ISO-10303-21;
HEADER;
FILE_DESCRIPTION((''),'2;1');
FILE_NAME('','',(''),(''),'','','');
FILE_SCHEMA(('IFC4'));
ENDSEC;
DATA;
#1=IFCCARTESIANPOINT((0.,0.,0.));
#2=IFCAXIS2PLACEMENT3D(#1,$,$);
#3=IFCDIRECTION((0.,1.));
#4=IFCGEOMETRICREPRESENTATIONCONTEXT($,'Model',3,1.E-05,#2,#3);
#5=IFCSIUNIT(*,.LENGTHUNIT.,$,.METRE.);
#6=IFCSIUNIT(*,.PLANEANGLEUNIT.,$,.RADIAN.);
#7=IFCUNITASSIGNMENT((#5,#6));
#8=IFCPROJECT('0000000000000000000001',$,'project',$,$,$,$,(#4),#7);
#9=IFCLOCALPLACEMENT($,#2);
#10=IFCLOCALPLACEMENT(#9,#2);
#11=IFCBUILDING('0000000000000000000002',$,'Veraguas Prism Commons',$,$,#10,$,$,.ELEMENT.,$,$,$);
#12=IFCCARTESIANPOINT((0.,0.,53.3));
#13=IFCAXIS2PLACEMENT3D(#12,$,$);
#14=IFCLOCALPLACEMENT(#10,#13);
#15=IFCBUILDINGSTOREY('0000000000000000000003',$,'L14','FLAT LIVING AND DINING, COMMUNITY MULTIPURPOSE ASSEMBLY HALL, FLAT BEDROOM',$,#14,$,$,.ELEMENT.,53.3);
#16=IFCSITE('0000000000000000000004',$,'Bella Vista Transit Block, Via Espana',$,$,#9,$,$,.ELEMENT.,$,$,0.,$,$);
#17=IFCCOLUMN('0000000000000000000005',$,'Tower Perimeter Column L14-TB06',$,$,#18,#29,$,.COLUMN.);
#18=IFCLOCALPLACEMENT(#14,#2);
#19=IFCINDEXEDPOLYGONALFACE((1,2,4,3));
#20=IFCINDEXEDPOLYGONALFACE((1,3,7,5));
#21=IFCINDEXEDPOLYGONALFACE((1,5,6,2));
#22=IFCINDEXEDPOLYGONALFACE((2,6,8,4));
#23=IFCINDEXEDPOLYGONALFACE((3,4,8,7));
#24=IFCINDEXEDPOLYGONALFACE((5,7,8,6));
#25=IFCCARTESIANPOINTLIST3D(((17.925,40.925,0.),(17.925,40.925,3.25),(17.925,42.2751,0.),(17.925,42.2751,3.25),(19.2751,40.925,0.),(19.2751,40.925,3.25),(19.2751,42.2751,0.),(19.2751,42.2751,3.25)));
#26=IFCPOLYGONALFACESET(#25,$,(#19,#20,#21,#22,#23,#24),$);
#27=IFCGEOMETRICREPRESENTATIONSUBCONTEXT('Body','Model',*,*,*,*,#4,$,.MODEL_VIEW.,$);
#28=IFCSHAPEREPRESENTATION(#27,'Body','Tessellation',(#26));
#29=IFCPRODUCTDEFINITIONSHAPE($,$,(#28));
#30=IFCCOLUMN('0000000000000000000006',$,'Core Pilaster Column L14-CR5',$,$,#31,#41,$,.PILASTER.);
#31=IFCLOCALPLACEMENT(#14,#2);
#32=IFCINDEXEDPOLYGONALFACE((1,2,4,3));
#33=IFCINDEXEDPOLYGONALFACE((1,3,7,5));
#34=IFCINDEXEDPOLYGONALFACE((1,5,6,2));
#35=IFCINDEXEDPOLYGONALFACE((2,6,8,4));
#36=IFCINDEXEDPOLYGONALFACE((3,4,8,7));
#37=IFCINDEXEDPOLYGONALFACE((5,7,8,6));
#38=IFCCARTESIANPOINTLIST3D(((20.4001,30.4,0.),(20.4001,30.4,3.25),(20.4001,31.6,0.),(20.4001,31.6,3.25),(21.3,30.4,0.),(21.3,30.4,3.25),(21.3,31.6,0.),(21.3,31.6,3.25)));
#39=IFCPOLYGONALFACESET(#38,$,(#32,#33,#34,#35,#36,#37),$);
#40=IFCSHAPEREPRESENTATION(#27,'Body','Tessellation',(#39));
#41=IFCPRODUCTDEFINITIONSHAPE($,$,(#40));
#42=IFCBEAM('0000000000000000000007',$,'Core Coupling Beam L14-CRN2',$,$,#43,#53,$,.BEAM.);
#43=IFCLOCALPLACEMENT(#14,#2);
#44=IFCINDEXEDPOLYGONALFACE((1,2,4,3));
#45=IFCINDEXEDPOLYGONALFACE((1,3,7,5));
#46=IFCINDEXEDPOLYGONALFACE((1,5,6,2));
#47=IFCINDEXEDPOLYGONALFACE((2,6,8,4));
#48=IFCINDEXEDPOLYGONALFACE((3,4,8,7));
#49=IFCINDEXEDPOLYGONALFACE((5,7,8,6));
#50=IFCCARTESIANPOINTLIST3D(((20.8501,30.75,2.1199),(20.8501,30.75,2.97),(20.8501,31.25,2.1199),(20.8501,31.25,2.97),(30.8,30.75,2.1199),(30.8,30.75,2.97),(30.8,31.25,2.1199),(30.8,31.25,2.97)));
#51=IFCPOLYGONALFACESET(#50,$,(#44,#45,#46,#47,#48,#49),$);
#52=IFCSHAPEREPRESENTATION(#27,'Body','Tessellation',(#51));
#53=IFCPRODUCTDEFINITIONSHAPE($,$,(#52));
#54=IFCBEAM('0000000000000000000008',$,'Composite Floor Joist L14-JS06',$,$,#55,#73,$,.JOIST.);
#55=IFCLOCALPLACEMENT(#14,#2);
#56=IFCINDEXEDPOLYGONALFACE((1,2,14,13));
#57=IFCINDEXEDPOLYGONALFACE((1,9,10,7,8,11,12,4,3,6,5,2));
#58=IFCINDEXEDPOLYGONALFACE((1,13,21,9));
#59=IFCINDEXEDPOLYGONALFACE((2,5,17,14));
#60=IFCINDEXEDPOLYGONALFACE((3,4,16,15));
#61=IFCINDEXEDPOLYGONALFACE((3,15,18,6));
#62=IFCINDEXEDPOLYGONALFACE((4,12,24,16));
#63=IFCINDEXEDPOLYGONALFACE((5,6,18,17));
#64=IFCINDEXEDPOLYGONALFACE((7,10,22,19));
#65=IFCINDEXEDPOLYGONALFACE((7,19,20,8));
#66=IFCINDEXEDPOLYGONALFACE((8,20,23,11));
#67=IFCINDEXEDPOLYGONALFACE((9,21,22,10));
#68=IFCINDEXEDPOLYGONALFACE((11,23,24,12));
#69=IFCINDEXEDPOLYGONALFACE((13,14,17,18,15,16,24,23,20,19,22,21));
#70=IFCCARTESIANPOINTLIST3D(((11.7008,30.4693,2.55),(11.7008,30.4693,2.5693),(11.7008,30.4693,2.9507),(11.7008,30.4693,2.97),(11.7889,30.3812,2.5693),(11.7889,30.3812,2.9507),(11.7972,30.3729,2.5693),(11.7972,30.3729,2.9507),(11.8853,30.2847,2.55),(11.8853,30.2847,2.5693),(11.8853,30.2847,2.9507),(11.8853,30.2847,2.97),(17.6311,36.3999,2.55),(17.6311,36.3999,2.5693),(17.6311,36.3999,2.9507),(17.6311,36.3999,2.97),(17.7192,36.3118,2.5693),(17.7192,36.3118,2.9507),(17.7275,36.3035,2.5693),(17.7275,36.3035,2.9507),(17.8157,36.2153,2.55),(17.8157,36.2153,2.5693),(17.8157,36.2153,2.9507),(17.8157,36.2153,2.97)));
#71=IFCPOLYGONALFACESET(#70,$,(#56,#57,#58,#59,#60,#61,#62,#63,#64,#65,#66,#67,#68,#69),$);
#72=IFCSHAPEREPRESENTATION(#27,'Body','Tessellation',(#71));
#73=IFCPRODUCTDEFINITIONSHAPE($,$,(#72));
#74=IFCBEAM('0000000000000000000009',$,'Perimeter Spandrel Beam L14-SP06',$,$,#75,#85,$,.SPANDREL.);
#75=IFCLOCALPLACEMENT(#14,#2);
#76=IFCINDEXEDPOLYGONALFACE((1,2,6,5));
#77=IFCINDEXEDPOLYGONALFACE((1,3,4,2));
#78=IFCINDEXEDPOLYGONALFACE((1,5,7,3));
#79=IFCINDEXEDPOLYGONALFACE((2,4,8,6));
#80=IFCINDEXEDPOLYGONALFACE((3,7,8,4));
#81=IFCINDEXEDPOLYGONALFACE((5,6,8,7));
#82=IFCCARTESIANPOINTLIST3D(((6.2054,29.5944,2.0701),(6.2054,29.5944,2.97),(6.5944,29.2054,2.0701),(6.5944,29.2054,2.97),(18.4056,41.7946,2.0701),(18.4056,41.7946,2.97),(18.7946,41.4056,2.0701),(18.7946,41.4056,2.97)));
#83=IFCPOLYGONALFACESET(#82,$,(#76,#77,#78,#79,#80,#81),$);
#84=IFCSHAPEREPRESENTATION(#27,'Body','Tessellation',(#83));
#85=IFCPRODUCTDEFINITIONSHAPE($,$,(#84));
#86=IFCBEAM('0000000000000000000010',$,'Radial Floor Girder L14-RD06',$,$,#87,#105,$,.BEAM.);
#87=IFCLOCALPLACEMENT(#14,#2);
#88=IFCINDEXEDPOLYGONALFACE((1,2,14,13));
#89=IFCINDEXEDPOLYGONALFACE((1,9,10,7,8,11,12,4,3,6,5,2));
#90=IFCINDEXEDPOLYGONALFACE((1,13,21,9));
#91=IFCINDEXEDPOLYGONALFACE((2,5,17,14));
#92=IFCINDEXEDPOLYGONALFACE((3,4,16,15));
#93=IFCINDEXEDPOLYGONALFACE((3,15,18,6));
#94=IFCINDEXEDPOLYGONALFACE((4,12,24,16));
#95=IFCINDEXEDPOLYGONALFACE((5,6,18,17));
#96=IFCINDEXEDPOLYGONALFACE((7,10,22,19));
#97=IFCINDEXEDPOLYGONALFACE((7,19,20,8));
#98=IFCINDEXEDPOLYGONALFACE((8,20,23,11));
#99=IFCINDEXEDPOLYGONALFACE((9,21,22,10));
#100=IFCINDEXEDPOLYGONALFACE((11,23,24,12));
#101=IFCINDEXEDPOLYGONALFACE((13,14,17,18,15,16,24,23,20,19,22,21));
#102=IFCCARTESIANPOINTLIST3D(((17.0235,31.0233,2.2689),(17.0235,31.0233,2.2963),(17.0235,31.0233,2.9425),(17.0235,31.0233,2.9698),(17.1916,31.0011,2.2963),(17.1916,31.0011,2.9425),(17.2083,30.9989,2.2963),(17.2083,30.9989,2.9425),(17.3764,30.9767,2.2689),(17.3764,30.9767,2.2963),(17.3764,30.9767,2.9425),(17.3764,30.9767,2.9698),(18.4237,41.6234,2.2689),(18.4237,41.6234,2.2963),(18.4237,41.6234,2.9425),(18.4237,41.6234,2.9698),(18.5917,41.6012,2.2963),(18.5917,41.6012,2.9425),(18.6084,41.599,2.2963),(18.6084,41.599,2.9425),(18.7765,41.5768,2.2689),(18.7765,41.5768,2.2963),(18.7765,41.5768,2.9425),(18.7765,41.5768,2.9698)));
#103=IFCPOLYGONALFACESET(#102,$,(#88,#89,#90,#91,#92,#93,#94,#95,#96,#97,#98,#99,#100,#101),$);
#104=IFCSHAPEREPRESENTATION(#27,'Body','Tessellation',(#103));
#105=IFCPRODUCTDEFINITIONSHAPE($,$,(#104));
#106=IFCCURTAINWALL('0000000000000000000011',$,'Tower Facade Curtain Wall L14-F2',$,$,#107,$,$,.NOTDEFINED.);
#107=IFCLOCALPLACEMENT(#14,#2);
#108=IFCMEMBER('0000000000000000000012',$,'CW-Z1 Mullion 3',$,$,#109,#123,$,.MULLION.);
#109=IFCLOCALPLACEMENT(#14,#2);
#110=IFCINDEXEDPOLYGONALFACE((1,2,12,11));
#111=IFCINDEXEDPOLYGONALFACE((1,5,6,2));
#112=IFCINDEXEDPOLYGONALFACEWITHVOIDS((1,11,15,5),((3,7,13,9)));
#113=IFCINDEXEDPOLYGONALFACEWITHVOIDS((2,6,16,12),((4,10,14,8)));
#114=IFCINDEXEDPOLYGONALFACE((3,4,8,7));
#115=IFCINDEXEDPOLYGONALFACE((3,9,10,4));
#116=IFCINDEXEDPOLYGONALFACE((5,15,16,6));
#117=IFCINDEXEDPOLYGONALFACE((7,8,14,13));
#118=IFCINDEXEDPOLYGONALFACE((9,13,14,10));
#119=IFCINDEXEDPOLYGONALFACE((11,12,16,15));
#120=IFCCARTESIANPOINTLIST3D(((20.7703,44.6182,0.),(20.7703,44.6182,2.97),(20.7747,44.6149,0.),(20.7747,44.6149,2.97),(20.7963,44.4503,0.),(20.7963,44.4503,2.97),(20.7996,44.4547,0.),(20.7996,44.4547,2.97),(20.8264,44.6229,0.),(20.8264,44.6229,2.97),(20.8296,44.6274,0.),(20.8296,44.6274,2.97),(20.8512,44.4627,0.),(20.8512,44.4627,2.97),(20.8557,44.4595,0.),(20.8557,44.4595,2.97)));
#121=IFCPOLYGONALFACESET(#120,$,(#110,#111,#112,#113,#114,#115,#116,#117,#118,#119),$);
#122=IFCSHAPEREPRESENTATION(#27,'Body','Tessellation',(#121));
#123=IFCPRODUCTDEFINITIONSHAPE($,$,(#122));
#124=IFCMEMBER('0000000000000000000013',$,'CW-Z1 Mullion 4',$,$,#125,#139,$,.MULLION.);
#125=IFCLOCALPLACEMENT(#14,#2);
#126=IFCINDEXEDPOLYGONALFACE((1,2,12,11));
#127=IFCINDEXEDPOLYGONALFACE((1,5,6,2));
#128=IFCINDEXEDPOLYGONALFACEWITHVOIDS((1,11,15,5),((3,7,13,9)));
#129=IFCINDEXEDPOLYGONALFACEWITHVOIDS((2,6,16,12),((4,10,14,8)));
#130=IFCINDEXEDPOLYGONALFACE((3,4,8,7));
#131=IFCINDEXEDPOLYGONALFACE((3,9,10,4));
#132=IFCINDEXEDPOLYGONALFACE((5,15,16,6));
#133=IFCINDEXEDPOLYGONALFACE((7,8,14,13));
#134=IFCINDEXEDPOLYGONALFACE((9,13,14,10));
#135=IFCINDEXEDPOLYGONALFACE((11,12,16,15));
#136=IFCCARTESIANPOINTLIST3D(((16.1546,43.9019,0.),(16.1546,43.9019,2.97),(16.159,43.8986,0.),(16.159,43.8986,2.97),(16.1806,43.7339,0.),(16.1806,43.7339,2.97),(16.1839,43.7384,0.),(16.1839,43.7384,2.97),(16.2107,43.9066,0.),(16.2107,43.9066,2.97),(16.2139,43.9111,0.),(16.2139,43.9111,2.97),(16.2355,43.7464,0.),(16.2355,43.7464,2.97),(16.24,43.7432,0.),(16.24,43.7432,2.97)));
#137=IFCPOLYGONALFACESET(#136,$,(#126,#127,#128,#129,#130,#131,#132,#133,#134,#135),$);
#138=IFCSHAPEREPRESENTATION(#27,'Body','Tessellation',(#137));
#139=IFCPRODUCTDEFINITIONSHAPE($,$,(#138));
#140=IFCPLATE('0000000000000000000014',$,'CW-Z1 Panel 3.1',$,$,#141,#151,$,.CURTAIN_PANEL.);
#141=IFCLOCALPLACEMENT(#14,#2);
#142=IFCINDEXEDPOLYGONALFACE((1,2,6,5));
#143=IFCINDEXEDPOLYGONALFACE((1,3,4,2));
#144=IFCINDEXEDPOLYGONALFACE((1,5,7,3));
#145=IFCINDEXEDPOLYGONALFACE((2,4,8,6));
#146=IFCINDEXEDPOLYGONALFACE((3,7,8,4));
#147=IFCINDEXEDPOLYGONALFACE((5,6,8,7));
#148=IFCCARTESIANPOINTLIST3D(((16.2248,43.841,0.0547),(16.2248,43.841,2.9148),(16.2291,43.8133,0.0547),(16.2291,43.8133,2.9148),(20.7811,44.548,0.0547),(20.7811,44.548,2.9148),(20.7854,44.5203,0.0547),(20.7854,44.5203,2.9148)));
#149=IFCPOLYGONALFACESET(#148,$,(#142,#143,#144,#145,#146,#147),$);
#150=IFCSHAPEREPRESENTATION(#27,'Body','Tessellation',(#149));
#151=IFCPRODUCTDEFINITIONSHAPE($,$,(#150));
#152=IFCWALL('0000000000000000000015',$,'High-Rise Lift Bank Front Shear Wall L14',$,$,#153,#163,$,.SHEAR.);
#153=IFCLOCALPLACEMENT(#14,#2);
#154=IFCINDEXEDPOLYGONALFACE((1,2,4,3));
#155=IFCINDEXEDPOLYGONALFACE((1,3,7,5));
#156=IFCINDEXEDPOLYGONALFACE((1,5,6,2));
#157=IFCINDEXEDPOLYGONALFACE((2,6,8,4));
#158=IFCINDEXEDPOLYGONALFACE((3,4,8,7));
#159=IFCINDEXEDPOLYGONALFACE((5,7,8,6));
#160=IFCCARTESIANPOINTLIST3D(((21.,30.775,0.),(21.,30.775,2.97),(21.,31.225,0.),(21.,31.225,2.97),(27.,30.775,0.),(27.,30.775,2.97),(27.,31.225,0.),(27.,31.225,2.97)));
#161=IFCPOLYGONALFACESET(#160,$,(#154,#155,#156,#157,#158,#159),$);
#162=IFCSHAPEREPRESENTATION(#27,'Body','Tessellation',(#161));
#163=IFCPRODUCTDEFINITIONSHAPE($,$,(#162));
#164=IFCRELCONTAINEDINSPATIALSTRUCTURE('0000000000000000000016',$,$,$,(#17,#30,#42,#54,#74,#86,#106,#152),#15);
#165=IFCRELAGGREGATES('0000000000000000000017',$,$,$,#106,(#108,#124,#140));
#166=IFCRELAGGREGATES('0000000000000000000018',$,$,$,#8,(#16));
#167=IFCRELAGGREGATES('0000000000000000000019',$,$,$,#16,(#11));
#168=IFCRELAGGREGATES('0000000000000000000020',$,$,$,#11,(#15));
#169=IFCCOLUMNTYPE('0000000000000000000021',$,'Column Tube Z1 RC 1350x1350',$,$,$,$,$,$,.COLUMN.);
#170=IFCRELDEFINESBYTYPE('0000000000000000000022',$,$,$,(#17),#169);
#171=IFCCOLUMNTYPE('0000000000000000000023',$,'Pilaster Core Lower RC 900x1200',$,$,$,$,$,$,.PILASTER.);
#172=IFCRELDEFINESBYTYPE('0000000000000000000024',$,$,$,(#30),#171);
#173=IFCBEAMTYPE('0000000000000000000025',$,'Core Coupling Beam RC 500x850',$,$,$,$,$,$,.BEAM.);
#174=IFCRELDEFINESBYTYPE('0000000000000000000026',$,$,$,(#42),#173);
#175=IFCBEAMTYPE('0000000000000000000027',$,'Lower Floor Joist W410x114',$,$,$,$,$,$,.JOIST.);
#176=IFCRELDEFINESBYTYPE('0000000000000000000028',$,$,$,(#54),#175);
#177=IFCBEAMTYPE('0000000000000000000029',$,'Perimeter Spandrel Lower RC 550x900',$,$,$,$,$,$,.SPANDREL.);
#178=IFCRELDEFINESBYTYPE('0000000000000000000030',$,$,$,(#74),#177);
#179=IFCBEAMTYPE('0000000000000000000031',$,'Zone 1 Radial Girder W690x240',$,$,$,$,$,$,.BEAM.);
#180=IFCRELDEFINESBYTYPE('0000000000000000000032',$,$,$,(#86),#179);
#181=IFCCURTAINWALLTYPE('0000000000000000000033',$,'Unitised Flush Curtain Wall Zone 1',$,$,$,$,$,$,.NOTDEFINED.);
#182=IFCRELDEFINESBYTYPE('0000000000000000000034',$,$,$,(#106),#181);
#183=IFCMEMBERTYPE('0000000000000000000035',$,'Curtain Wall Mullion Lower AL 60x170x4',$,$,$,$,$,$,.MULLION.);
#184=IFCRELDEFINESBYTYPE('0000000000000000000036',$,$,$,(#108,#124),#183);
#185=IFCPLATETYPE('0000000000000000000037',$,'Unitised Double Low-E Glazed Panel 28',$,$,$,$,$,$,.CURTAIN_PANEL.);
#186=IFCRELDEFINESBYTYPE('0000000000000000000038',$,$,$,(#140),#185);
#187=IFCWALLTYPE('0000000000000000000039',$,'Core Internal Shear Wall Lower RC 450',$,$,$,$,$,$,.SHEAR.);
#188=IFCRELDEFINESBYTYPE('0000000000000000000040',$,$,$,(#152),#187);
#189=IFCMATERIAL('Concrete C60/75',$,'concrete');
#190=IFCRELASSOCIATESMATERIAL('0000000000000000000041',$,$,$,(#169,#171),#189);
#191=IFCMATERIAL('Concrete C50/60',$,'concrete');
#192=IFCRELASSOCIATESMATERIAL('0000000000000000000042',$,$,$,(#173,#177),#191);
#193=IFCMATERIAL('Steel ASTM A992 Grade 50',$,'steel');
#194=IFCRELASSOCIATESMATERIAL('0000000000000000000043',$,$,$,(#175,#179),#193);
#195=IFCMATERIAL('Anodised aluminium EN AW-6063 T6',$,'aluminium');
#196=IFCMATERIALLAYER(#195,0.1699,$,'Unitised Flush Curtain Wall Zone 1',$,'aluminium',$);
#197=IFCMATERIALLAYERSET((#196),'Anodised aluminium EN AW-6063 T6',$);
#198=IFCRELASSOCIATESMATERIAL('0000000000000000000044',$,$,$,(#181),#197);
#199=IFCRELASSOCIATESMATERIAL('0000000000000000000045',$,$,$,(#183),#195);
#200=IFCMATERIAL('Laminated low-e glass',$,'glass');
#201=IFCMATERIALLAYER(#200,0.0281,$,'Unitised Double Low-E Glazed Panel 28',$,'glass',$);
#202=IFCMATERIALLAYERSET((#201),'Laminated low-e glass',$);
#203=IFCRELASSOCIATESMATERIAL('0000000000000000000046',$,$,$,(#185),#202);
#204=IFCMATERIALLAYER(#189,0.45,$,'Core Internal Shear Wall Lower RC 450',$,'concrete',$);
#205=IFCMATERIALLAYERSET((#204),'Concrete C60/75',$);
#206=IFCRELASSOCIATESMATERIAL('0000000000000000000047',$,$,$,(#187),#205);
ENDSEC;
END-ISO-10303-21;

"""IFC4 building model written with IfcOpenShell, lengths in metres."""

from ifc_helpers import new_model, si_unit, direction, frame, frame_2d, origin, origin_2d, place, context, subcontext, project, spatial, rectangle, hollow_rectangle, i_section, extrude, source, transform, mapped, material, layer, layer_set, material_profile, profile_set, type_object, element, aggregate, save


model = new_model("IFC4")

# Units and contexts
model_context = context("Model", 3, precision=1e-05, world=origin(), true_north=direction((0.0, 1.0)))
body_context = subcontext(model_context, "Body", "Model", "MODEL_VIEW")
ifc_project = project(units=[si_unit("LENGTHUNIT", "METRE"), si_unit("PLANEANGLEUNIT", "RADIAN")], contexts=[model_context])

# Site, building, storey
site_placement = place(None, origin())
site = spatial("IfcSite", under=ifc_project, at=site_placement, Name="Bella Vista Transit Block, Via Espana", CompositionType="ELEMENT", RefElevation=0.0)
building_placement = place(site_placement, origin())
building = spatial("IfcBuilding", under=site, at=building_placement, Name="Veraguas Prism Commons", CompositionType="ELEMENT")
storey_placement = place(building_placement, frame((0.0, 0.0, 53.3)))
storey = spatial("IfcBuildingStorey", under=building, at=storey_placement, Name="L14", Description="FLAT LIVING AND DINING, COMMUNITY MULTIPURPOSE ASSEMBLY HALL, FLAT BEDROOM", CompositionType="ELEMENT", Elevation=53.3)

# Columns
ifc_material_1 = material(Name="Concrete C60/75", Category="concrete")
ifc_material_profile_1 = material_profile(ifc_material_1, rectangle(XDim=1.3501, YDim=1.3501, at=origin_2d()), Name="RC1350X1350")
ifc_profile_set_1 = profile_set([ifc_material_profile_1], Name="Concrete C60/75")
column_type_1 = type_object("IfcColumnType", Name="Column Tube Z1 RC 1350x1350", PredefinedType="COLUMN", material=ifc_profile_set_1)
column_1_placement = place(storey_placement, frame((18.6001, 41.6001, 0.0), z_axis=(0.0, 0.0, 1.0), x_axis=(1.0, 0.0, 0.0)))
element("IfcColumn", 1, at=column_1_placement, inside=storey, type_object=column_type_1, Name="Tower Perimeter Column L14-TB06", PredefinedType="COLUMN", context=body_context, shape_type="SweptSolid", body=[
    extrude(rectangle(XDim=1.3501, YDim=1.3501, at=origin_2d()), origin(), (0.0, 0.0, 1.0), 3.25),
])
ifc_material_profile_2 = material_profile(ifc_material_1, rectangle(XDim=0.8999, YDim=1.2, at=origin_2d()), Name="RC900X1200")
ifc_profile_set_2 = profile_set([ifc_material_profile_2], Name="Concrete C60/75")
column_type_2 = type_object("IfcColumnType", Name="Pilaster Core Lower RC 900x1200", PredefinedType="PILASTER", material=ifc_profile_set_2)
column_2_placement = place(storey_placement, frame((20.8501, 31.0, 0.0), z_axis=(0.0, 0.0, 1.0), x_axis=(1.0, 0.0, 0.0)))
element("IfcColumn", 2, at=column_2_placement, inside=storey, type_object=column_type_2, Name="Core Pilaster Column L14-CR5", PredefinedType="PILASTER", context=body_context, shape_type="SweptSolid", body=[
    extrude(rectangle(XDim=0.8999, YDim=1.2, at=origin_2d()), origin(), (0.0, 0.0, 1.0), 3.25),
])

# Beams
ifc_material_2 = material(Name="Concrete C50/60", Category="concrete")
ifc_material_profile_3 = material_profile(ifc_material_2, rectangle(XDim=0.5, YDim=0.8501, at=origin_2d()), Name="RC500X850")
ifc_profile_set_3 = profile_set([ifc_material_profile_3], Name="Concrete C50/60")
beam_type_1 = type_object("IfcBeamType", Name="Core Coupling Beam RC 500x850", PredefinedType="BEAM", material=ifc_profile_set_3)
beam_1_placement = place(storey_placement, frame((20.8501, 31.0, 2.5449), z_axis=(1.0, 0.0, 0.0), x_axis=(0.0, 1.0, 0.0)))
element("IfcBeam", 3, at=beam_1_placement, inside=storey, type_object=beam_type_1, Name="Core Coupling Beam L14-CRN2", PredefinedType="BEAM", context=body_context, shape_type="SweptSolid", body=[
    extrude(rectangle(XDim=0.5, YDim=0.8501, at=origin_2d()), origin(), (0.0, 0.0, 1.0), 9.95),
])
ifc_material_3 = material(Name="Steel ASTM A992 Grade 50", Category="steel")
ifc_material_profile_4 = material_profile(ifc_material_3, i_section(OverallWidth=0.261, OverallDepth=0.4199, WebThickness=0.0117, FlangeThickness=0.0193, at=origin_2d()), Name="W410X114")
ifc_profile_set_4 = profile_set([ifc_material_profile_4], Name="Steel ASTM A992 Grade 50")
beam_type_2 = type_object("IfcBeamType", Name="Lower Floor Joist W410x114", PredefinedType="JOIST", material=ifc_profile_set_4)
beam_2_placement = place(storey_placement, frame((17.7234, 36.3076, 2.76), z_axis=(-0.707092, -0.707121, 0.0), x_axis=(0.707121, -0.707092, 0.0)))
element("IfcBeam", 4, at=beam_2_placement, inside=storey, type_object=beam_type_2, Name="Composite Floor Joist L14-JS06", PredefinedType="JOIST", context=body_context, shape_type="SweptSolid", body=[
    extrude(i_section(OverallWidth=0.261, OverallDepth=0.4199, WebThickness=0.0117, FlangeThickness=0.0193, at=origin_2d()), origin(), (0.0, 0.0, 1.0), 8.387),
])
ifc_material_profile_5 = material_profile(ifc_material_2, rectangle(XDim=0.55, YDim=0.8999, at=origin_2d()), Name="RC550X900")
ifc_profile_set_5 = profile_set([ifc_material_profile_5], Name="Concrete C50/60")
beam_type_3 = type_object("IfcBeamType", Name="Perimeter Spandrel Lower RC 550x900", PredefinedType="SPANDREL", material=ifc_profile_set_5)
beam_3_placement = place(storey_placement, frame((18.6001, 41.6001, 2.52), z_axis=(-0.707107, -0.707107, 0.0), x_axis=(0.707107, -0.707107, 0.0)))
element("IfcBeam", 5, at=beam_3_placement, inside=storey, type_object=beam_type_3, Name="Perimeter Spandrel Beam L14-SP06", PredefinedType="SPANDREL", context=body_context, shape_type="SweptSolid", body=[
    extrude(rectangle(XDim=0.55, YDim=0.8999, at=origin_2d()), origin(), (0.0, 0.0, 1.0), 17.2537),
])
ifc_material_profile_6 = material_profile(ifc_material_3, i_section(OverallWidth=0.356, OverallDepth=0.7009, WebThickness=0.0168, FlangeThickness=0.0273, at=origin_2d()), Name="W690X240")
ifc_profile_set_6 = profile_set([ifc_material_profile_6], Name="Steel ASTM A992 Grade 50")
beam_type_4 = type_object("IfcBeamType", Name="Zone 1 Radial Girder W690x240", PredefinedType="BEAM", material=ifc_profile_set_6)
beam_4_placement = place(storey_placement, frame((18.6001, 41.6001, 2.6194), z_axis=(-0.130951, -0.991389, 0.0), x_axis=(0.991389, -0.130951, 0.0)))
element("IfcBeam", 6, at=beam_4_placement, inside=storey, type_object=beam_type_4, Name="Radial Floor Girder L14-RD06", PredefinedType="BEAM", context=body_context, shape_type="SweptSolid", body=[
    extrude(i_section(OverallWidth=0.356, OverallDepth=0.7009, WebThickness=0.0168, FlangeThickness=0.0273, at=origin_2d()), origin(), (0.0, 0.0, 1.0), 10.6921),
])

# Curtain wall, members, plate
ifc_material_4 = material(Name="Anodised aluminium EN AW-6063 T6", Category="aluminium")
ifc_layer_1 = layer(ifc_material_4, 0.1699, Name="Unitised Flush Curtain Wall Zone 1", Category="aluminium")
ifc_layer_set_1 = layer_set([ifc_layer_1], Name="Anodised aluminium EN AW-6063 T6")
curtain_wall_type = type_object("IfcCurtainWallType", Name="Unitised Flush Curtain Wall Zone 1", PredefinedType="NOTDEFINED", material=ifc_layer_set_1)
curtain_wall_placement = place(storey_placement, origin())
curtain_wall = element("IfcCurtainWall", 7, at=curtain_wall_placement, inside=storey, type_object=curtain_wall_type, Name="Tower Facade Curtain Wall L14-F2", PredefinedType="NOTDEFINED")
ifc_material_profile_7 = material_profile(ifc_material_4, hollow_rectangle(XDim=0.0601, YDim=0.1699, WallThickness=0.0039, at=origin_2d()), Name="AL60X170X4")
ifc_profile_set_7 = profile_set([ifc_material_profile_7], Name="Anodised aluminium EN AW-6063 T6")
member_type = type_object("IfcMemberType", Name="Curtain Wall Mullion Lower AL 60x170x4", PredefinedType="MULLION", material=ifc_profile_set_7)
shared_shape_1 = source(origin(), body_context, "Body", "SweptSolid", [
    extrude(hollow_rectangle(XDim=0.0601, YDim=0.1699, WallThickness=0.0039, at=origin_2d()), origin(), (0.0, 0.0, 1.0), 2.97),
])
member_1_placement = place(storey_placement, frame((20.813, 44.5388, 0.0), z_axis=(0.0, 0.0, 1.0), x_axis=(-0.988175, -0.153331, 0.0)))
member_1 = element("IfcMember", 8, at=member_1_placement, type_object=member_type, Name="CW-Z1 Mullion 3", PredefinedType="MULLION", context=body_context, shape_type="MappedRepresentation", body=[
    mapped(shared_shape_1, transform((0.0, 0.0, 0.0), scale=1.0)),
])
member_2_placement = place(storey_placement, frame((16.1973, 43.8225, 0.0), z_axis=(0.0, 0.0, 1.0), x_axis=(-0.988175, -0.153331, 0.0)))
member_2 = element("IfcMember", 9, at=member_2_placement, type_object=member_type, Name="CW-Z1 Mullion 4", PredefinedType="MULLION", context=body_context, shape_type="MappedRepresentation", body=[
    mapped(shared_shape_1, transform((0.0, 0.0, 0.0), scale=1.0)),
])
ifc_material_5 = material(Name="Laminated low-e glass", Category="glass")
ifc_layer_2 = layer(ifc_material_5, 0.0281, Name="Unitised Double Low-E Glazed Panel 28", Category="glass")
ifc_layer_set_2 = layer_set([ifc_layer_2], Name="Laminated low-e glass")
plate_type = type_object("IfcPlateType", Name="Unitised Double Low-E Glazed Panel 28", PredefinedType="CURTAIN_PANEL", material=ifc_layer_set_2)
shared_shape_2 = source(origin(), body_context, "Body", "SweptSolid", [
    extrude(rectangle(XDim=4.6108, YDim=0.0281, at=origin_2d()), origin(), (0.0, 0.0, 1.0), 2.8601),
])
plate_placement = place(storey_placement, frame((18.5051, 44.1807, 0.0547), z_axis=(0.0, 0.0, 1.0), x_axis=(-0.988175, -0.153331, 0.0)))
plate = element("IfcPlate", 10, at=plate_placement, type_object=plate_type, Name="CW-Z1 Panel 3.1", PredefinedType="CURTAIN_PANEL", context=body_context, shape_type="MappedRepresentation", body=[
    mapped(shared_shape_2, transform((0.0, 0.0, 0.0), scale=1.0)),
])
aggregate(curtain_wall, [member_1, member_2, plate])

# Wall
ifc_layer_3 = layer(ifc_material_1, 0.45, Name="Core Internal Shear Wall Lower RC 450", Category="concrete")
ifc_layer_set_3 = layer_set([ifc_layer_3], Name="Concrete C60/75")
wall_type_1 = type_object("IfcWallType", Name="Core Internal Shear Wall Lower RC 450", PredefinedType="SHEAR", material=ifc_layer_set_3)
wall_1_placement = place(storey_placement, frame((21.0, 31.0, 0.0), z_axis=(0.0, 0.0, 1.0), x_axis=(1.0, 0.0, 0.0)))
element("IfcWall", 11, at=wall_1_placement, inside=storey, type_object=wall_type_1, Name="High-Rise Lift Bank Front Shear Wall L14", PredefinedType="SHEAR", context=body_context, shape_type="SweptSolid", body=[
    extrude(rectangle(XDim=6.0, YDim=0.45, at=frame_2d((3.0, 0.0))), origin(), (0.0, 0.0, 1.0), 2.97),
])

save(model, "model.ifc")
